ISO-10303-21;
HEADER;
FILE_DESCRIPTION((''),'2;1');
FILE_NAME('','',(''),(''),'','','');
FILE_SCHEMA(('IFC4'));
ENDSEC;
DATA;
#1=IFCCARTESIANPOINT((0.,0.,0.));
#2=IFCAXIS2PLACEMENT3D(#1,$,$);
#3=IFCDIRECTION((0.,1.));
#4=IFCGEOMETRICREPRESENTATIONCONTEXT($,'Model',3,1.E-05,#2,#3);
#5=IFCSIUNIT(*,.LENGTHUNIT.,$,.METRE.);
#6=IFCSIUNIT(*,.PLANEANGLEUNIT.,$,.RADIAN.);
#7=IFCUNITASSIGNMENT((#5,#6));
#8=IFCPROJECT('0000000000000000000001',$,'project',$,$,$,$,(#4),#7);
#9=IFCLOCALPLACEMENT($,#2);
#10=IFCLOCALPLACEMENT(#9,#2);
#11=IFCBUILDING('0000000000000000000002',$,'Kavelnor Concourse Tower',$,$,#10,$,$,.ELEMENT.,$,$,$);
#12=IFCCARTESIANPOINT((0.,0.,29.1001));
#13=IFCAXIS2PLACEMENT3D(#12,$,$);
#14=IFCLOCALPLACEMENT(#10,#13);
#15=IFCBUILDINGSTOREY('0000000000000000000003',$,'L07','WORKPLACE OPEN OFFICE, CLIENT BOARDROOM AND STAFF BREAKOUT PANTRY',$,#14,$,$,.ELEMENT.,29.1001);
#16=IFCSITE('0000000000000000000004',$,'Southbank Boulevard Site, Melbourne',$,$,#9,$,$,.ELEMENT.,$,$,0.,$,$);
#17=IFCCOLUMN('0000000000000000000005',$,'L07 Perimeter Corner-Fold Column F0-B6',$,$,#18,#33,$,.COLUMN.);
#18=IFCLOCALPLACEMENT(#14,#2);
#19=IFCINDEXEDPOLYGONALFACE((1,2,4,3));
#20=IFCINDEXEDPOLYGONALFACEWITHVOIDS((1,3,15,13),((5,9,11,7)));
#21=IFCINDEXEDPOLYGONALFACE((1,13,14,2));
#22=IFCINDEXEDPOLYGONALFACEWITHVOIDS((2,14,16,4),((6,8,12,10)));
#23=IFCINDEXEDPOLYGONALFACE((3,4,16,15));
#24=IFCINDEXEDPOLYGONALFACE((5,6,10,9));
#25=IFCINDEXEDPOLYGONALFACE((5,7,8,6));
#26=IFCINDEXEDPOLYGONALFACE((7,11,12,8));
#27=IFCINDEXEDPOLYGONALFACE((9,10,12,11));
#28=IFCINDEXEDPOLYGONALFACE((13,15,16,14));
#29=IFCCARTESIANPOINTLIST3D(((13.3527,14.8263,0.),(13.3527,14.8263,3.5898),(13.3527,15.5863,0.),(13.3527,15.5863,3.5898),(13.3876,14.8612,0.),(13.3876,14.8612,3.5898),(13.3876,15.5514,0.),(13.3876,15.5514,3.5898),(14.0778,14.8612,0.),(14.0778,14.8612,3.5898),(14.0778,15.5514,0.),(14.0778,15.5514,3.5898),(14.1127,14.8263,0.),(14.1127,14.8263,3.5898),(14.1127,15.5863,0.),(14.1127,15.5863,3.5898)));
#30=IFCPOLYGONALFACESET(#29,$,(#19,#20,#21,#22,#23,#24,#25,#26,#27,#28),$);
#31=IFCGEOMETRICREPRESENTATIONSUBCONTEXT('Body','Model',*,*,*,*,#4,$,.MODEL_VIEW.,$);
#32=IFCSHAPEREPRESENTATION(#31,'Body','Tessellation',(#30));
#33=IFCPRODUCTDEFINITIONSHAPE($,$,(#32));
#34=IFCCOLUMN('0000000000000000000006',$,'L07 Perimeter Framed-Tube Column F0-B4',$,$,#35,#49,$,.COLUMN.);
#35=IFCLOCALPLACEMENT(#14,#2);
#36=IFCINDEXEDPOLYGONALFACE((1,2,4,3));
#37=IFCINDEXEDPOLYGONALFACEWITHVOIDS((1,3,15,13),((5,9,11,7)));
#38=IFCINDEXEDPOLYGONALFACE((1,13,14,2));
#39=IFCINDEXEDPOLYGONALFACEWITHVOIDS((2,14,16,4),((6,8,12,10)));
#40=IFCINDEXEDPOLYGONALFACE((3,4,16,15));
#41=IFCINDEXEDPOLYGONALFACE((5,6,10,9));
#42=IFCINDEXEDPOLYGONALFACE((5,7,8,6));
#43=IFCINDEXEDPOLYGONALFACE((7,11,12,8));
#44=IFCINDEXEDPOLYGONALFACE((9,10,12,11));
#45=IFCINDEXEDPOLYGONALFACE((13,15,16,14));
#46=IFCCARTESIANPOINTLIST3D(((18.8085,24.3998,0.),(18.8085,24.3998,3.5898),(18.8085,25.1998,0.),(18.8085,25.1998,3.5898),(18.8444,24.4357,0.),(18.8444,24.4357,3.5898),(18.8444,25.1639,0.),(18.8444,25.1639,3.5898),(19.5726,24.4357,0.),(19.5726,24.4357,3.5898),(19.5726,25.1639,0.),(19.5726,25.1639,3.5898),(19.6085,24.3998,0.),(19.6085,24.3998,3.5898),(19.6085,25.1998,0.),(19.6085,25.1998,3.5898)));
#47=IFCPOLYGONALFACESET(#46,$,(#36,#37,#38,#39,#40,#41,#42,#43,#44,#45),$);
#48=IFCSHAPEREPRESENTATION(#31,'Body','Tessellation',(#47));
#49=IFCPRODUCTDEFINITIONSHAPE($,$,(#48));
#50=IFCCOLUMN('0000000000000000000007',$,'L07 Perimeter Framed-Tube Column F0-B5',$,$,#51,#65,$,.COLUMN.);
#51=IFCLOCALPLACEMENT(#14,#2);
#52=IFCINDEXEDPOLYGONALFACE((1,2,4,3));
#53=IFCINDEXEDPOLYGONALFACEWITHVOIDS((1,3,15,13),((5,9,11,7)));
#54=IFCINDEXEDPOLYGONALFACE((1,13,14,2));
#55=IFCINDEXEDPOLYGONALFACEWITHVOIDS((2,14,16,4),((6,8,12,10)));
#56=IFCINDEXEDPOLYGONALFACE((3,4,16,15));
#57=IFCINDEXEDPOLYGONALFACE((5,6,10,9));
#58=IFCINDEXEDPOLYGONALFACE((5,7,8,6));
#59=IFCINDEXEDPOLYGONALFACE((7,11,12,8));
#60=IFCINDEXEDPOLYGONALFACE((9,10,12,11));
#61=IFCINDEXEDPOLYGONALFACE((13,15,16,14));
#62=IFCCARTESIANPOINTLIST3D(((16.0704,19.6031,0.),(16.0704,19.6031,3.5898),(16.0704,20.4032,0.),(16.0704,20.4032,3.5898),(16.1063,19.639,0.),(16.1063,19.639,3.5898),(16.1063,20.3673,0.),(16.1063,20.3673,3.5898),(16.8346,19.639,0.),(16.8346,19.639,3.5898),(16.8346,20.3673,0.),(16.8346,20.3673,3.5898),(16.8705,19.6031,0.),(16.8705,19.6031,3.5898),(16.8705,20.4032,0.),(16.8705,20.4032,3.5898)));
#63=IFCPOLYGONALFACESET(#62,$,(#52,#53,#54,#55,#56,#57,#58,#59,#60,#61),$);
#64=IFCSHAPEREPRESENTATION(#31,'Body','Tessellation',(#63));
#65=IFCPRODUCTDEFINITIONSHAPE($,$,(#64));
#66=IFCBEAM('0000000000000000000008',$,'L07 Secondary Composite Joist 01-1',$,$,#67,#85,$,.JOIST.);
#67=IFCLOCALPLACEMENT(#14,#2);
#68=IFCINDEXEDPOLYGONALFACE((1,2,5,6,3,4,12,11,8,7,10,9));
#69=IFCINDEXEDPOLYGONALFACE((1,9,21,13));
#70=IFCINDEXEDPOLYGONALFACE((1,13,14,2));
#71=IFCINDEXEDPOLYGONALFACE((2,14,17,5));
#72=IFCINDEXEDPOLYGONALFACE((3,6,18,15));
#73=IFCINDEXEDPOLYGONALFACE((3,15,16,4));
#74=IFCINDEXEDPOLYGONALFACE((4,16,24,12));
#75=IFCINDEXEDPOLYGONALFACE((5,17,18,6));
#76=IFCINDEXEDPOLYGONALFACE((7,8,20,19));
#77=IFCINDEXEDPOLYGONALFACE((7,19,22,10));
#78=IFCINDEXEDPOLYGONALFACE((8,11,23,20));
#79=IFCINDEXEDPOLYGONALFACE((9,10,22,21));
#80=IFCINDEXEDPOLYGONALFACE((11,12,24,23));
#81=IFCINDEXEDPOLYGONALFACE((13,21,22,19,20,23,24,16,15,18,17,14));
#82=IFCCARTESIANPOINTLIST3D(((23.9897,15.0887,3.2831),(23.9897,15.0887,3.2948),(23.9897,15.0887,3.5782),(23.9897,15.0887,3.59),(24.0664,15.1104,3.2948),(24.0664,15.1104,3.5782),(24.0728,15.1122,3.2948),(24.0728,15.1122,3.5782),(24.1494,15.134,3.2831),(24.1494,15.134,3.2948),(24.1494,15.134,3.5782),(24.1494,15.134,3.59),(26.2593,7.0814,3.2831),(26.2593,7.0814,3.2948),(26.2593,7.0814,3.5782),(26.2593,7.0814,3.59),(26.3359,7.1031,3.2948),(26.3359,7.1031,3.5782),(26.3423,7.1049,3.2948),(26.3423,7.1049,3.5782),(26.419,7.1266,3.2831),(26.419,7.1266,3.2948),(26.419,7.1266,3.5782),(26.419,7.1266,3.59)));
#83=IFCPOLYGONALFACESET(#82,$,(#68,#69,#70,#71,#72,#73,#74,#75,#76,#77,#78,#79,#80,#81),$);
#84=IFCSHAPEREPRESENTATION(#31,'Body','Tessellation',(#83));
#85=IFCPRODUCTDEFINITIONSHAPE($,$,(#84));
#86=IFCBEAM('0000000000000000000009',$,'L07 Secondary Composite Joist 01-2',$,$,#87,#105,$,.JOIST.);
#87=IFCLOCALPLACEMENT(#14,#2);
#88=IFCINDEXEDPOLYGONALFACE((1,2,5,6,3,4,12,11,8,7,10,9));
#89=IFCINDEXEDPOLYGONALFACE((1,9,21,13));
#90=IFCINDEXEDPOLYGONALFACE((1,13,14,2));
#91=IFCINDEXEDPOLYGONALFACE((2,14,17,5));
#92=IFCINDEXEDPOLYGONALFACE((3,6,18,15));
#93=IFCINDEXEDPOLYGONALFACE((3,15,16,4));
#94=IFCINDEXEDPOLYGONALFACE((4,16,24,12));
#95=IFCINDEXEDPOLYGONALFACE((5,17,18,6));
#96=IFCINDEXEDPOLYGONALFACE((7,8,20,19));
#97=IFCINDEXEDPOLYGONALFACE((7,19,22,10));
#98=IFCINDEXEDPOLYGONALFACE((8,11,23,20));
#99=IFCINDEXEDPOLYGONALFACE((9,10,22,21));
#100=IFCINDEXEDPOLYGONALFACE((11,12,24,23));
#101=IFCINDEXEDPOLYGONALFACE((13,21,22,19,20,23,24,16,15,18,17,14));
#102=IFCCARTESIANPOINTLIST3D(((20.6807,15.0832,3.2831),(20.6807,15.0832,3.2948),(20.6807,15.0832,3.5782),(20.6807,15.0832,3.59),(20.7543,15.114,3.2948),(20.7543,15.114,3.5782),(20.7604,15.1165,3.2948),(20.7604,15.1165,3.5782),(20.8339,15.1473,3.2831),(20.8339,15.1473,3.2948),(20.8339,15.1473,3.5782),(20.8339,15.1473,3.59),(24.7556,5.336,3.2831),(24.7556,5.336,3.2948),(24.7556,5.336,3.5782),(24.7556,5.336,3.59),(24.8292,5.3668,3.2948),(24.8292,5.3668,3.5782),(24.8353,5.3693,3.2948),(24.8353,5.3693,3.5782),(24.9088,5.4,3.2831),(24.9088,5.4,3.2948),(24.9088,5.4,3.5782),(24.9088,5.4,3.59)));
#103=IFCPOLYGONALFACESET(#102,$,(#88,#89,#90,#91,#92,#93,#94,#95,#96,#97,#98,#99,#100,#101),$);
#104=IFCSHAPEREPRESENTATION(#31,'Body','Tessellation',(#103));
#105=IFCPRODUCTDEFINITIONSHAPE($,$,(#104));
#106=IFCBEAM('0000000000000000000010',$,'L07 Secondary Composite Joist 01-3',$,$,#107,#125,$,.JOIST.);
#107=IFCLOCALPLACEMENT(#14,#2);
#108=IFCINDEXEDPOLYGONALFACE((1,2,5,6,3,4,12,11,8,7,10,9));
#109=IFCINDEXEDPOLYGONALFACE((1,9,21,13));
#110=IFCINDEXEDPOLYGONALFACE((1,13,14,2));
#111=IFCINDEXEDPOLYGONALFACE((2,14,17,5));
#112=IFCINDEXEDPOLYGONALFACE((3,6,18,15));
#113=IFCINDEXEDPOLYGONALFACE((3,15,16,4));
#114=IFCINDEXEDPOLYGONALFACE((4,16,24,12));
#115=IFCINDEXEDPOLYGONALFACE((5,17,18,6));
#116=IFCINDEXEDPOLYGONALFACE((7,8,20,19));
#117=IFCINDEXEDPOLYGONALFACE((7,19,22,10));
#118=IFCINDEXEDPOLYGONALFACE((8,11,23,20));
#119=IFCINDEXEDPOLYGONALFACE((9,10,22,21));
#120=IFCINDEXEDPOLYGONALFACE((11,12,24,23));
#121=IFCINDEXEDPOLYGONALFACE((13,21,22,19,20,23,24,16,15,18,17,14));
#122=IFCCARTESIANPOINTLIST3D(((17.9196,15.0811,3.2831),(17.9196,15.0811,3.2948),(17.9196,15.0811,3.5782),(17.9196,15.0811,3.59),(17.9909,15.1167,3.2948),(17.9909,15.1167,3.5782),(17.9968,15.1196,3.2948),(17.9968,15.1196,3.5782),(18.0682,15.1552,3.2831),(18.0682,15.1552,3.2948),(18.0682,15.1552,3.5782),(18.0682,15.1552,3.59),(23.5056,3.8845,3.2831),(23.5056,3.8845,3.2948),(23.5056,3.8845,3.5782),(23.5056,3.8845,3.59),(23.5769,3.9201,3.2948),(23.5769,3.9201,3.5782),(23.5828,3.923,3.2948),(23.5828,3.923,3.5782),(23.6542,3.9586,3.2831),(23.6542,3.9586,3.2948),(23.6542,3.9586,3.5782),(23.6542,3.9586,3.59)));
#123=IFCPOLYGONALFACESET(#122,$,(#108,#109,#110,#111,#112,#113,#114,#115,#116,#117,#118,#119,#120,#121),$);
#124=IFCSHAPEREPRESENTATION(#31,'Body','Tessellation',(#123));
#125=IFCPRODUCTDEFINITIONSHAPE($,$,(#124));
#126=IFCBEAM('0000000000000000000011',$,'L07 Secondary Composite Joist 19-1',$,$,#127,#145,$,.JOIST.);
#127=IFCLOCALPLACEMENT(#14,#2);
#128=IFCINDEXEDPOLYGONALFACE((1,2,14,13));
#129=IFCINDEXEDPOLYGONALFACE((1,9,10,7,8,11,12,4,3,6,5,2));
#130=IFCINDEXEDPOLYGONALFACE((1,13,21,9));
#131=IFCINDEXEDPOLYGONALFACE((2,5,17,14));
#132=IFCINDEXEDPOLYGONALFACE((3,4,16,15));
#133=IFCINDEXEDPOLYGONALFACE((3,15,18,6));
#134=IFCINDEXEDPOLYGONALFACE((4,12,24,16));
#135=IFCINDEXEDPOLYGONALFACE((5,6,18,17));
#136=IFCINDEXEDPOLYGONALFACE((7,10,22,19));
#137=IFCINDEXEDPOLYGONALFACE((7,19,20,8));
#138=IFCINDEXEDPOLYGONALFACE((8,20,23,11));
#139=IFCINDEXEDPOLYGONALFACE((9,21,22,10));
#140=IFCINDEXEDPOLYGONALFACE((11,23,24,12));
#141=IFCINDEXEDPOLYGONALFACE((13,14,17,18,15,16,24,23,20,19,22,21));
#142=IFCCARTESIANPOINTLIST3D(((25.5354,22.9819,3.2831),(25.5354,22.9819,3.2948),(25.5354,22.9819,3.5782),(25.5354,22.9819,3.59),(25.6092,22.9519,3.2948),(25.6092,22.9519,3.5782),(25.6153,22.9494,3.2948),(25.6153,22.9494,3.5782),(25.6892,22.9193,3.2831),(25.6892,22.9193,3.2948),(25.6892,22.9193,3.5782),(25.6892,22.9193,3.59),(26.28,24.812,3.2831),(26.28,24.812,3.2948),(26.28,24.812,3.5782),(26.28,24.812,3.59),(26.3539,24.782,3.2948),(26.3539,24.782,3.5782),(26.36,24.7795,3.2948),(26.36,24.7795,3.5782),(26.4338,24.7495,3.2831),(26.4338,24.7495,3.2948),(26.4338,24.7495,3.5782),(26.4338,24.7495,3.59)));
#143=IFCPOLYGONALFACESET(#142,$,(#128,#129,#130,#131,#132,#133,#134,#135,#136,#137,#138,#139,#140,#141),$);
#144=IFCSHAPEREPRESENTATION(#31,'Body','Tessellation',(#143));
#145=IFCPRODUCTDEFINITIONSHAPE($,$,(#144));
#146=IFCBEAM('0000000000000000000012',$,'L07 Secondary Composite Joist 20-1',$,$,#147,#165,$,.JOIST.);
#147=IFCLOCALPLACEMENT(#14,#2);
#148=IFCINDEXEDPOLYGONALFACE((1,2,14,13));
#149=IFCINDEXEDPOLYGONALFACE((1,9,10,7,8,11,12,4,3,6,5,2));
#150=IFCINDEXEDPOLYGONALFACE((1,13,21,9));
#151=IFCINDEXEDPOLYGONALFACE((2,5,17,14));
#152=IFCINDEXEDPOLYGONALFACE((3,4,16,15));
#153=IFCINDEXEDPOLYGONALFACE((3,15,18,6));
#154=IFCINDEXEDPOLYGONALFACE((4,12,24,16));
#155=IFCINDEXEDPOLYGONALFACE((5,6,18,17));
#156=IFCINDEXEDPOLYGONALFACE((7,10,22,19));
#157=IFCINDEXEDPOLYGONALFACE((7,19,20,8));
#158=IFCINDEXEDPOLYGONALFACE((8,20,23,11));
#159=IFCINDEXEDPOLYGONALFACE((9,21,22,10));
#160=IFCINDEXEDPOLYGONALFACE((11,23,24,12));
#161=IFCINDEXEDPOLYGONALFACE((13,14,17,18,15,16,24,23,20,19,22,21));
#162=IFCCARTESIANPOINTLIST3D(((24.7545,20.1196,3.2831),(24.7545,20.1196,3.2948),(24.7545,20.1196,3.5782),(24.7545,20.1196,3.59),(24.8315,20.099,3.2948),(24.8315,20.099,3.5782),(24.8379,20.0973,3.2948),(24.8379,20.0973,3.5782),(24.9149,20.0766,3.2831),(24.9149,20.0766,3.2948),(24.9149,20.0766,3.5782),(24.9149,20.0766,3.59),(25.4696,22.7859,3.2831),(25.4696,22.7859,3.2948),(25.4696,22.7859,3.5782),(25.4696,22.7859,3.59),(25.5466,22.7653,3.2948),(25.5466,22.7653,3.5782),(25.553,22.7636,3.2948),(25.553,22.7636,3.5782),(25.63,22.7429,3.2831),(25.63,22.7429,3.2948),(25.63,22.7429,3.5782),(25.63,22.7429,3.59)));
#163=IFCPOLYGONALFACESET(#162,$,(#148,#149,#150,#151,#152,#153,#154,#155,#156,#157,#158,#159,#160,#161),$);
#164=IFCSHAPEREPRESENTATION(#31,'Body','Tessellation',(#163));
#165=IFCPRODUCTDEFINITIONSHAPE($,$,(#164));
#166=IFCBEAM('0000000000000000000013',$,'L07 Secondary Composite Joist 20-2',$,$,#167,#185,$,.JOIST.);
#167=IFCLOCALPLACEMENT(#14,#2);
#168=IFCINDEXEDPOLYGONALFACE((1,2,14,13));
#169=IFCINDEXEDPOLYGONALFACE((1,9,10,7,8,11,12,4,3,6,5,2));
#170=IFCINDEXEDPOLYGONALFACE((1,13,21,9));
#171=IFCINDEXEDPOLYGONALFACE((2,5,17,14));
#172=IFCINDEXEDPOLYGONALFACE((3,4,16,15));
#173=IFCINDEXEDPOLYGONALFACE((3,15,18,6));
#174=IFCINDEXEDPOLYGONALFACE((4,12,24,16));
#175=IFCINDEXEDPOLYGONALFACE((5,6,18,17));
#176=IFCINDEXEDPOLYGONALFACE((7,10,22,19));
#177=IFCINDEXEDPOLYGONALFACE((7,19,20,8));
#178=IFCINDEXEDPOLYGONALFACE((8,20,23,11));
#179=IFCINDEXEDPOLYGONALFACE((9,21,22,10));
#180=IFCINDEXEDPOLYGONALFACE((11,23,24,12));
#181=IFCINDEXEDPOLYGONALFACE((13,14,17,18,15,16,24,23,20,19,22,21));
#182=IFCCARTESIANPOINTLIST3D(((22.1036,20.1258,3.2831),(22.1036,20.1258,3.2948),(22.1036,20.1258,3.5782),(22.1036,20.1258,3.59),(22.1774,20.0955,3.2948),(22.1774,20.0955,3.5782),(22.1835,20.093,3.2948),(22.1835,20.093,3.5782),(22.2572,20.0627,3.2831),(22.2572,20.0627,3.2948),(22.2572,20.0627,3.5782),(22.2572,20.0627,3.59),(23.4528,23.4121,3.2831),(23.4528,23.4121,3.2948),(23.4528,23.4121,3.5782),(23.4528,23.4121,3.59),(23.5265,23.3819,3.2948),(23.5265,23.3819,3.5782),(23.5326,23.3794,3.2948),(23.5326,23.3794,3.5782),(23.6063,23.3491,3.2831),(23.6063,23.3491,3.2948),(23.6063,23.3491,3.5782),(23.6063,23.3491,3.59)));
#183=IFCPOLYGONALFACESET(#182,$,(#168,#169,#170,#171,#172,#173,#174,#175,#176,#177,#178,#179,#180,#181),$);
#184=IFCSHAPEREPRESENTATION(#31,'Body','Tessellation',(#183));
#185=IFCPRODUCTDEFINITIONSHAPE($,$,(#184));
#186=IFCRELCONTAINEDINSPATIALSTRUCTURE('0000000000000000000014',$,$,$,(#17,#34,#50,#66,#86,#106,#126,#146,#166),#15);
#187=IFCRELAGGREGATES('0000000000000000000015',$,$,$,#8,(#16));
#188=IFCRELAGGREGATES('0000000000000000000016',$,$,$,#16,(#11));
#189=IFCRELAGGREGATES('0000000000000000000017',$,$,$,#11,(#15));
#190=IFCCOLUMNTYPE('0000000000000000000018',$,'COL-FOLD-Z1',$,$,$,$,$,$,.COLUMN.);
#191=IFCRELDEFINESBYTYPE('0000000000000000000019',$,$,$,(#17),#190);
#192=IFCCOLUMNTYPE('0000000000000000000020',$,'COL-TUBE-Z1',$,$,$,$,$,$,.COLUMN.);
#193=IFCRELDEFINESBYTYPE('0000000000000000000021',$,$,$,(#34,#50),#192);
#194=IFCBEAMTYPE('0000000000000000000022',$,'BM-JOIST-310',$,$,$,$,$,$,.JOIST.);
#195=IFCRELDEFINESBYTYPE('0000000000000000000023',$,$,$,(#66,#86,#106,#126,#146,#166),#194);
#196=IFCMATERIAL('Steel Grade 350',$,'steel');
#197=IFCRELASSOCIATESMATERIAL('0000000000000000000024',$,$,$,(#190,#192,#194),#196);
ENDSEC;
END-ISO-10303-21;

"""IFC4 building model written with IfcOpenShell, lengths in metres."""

from ifc_helpers import new_model, si_unit, direction, frame, origin, origin_2d, place, context, subcontext, project, spatial, hollow_rectangle, i_section, extrude, material, material_profile, profile_set, type_object, element, save


model = new_model("IFC4")

# Units and contexts
model_context = context("Model", 3, precision=1e-05, world=origin(), true_north=direction((0.0, 1.0)))
body_context = subcontext(model_context, "Body", "Model", "MODEL_VIEW")
ifc_project = project(units=[si_unit("LENGTHUNIT", "METRE"), si_unit("PLANEANGLEUNIT", "RADIAN")], contexts=[model_context])

# Site, building, storey
site_placement = place(None, origin())
site = spatial("IfcSite", under=ifc_project, at=site_placement, Name="Southbank Boulevard Site, Melbourne", CompositionType="ELEMENT", RefElevation=0.0)
building_placement = place(site_placement, origin())
building = spatial("IfcBuilding", under=site, at=building_placement, Name="Kavelnor Concourse Tower", CompositionType="ELEMENT")
storey_placement = place(building_placement, frame((0.0, 0.0, 29.1001)))
storey = spatial("IfcBuildingStorey", under=building, at=storey_placement, Name="L07", Description="WORKPLACE OPEN OFFICE, CLIENT BOARDROOM AND STAFF BREAKOUT PANTRY", CompositionType="ELEMENT", Elevation=29.1001)

# Columns
ifc_material_1 = material(Name="Steel Grade 350", Category="steel")
ifc_material_profile_1 = material_profile(ifc_material_1, hollow_rectangle(XDim=0.76, YDim=0.76, WallThickness=0.0349, at=origin_2d()), Name="SHS 760x760x35")
ifc_profile_set_1 = profile_set([ifc_material_profile_1], Name="Steel Grade 350")
column_type_1 = type_object("IfcColumnType", Name="COL-FOLD-Z1", PredefinedType="COLUMN", material=ifc_profile_set_1)
column_placement = place(storey_placement, frame((13.7327, 15.2063, 0.0), z_axis=(0.0, 0.0, 1.0), x_axis=(1.0, 0.0, 0.0)))
element("IfcColumn", 1, at=column_placement, inside=storey, type_object=column_type_1, Name="L07 Perimeter Corner-Fold Column F0-B6", PredefinedType="COLUMN", context=body_context, shape_type="SweptSolid", body=[
    extrude(hollow_rectangle(XDim=0.76, YDim=0.76, WallThickness=0.0349, at=origin_2d()), origin(), (0.0, 0.0, 1.0), 3.5898),
])
ifc_material_profile_2 = material_profile(ifc_material_1, hollow_rectangle(XDim=0.8, YDim=0.8, WallThickness=0.0359, at=origin_2d()), Name="SHS 800x800x36")
ifc_profile_set_2 = profile_set([ifc_material_profile_2], Name="Steel Grade 350")
column_type_2 = type_object("IfcColumnType", Name="COL-TUBE-Z1", PredefinedType="COLUMN", material=ifc_profile_set_2)
for number, where, z_axis, x_axis, name in (
    (2, (19.2085, 24.7998, 0.0), (0.0, 0.0, 1.0), (1.0, 0.0, 0.0), "L07 Perimeter Framed-Tube Column F0-B4"),
    (3, (16.4705, 20.0032, 0.0), (0.0, 0.0, 1.0), (1.0, 0.0, 0.0), "L07 Perimeter Framed-Tube Column F0-B5"),
):
    element("IfcColumn", number, at=place(storey_placement, frame(where, z_axis=z_axis, x_axis=x_axis)), inside=storey, type_object=column_type_2, Name=name, PredefinedType="COLUMN", context=body_context, shape_type="SweptSolid", body=[
        extrude(hollow_rectangle(XDim=0.8, YDim=0.8, WallThickness=0.0359, at=origin_2d()), origin(), (0.0, 0.0, 1.0), 3.5898),
    ])

# Beams
ifc_material_profile_3 = material_profile(ifc_material_1, i_section(OverallWidth=0.166, OverallDepth=0.3069, WebThickness=0.0066, FlangeThickness=0.0117, at=origin_2d()), Name="310UB46")
ifc_profile_set_3 = profile_set([ifc_material_profile_3], Name="Steel Grade 350")
beam_type_1 = type_object("IfcBeamType", Name="BM-JOIST-310", PredefinedType="JOIST", material=ifc_profile_set_3)
beam_1_placement = place(storey_placement, frame((24.0696, 15.1113, 3.4365), z_axis=(0.27269, -0.962102, 0.0), x_axis=(0.962102, 0.27269, 0.0)))
element("IfcBeam", 4, at=beam_1_placement, inside=storey, type_object=beam_type_1, Name="L07 Secondary Composite Joist 01-1", PredefinedType="JOIST", context=body_context, shape_type="SweptSolid", body=[
    extrude(i_section(OverallWidth=0.166, OverallDepth=0.3069, WebThickness=0.0066, FlangeThickness=0.0117, at=origin_2d()), origin(), (0.0, 0.0, 1.0), 8.3228),
])
beam_2_placement = place(storey_placement, frame((20.7573, 15.1152, 3.4365), z_axis=(0.38571, -0.92262, 0.0), x_axis=(0.92262, 0.38571, 0.0)))
element("IfcBeam", 5, at=beam_2_placement, inside=storey, type_object=beam_type_1, Name="L07 Secondary Composite Joist 01-2", PredefinedType="JOIST", context=body_context, shape_type="SweptSolid", body=[
    extrude(i_section(OverallWidth=0.166, OverallDepth=0.3069, WebThickness=0.0066, FlangeThickness=0.0117, at=origin_2d()), origin(), (0.0, 0.0, 1.0), 10.5647),
])
beam_3_placement = place(storey_placement, frame((17.9939, 15.1182, 3.4365), z_axis=(0.446425, -0.894821, 0.0), x_axis=(0.894821, 0.446425, 0.0)))
element("IfcBeam", 6, at=beam_3_placement, inside=storey, type_object=beam_type_1, Name="L07 Secondary Composite Joist 01-3", PredefinedType="JOIST", context=body_context, shape_type="SweptSolid", body=[
    extrude(i_section(OverallWidth=0.166, OverallDepth=0.3069, WebThickness=0.0066, FlangeThickness=0.0117, at=origin_2d()), origin(), (0.0, 0.0, 1.0), 12.5127),
])
beam_4_placement = place(storey_placement, frame((26.3569, 24.7808, 3.4365), z_axis=(-0.376881, -0.926262, 0.0), x_axis=(0.926262, -0.376881, 0.0)))
element("IfcBeam", 7, at=beam_4_placement, inside=storey, type_object=beam_type_1, Name="L07 Secondary Composite Joist 19-1", PredefinedType="JOIST", context=body_context, shape_type="SweptSolid", body=[
    extrude(i_section(OverallWidth=0.166, OverallDepth=0.3069, WebThickness=0.0066, FlangeThickness=0.0117, at=origin_2d()), origin(), (0.0, 0.0, 1.0), 1.9758),
])
beam_5_placement = place(storey_placement, frame((25.5498, 22.7644, 3.4365), z_axis=(-0.259044, -0.965866, 0.0), x_axis=(0.965866, -0.259044, 0.0)))
element("IfcBeam", 8, at=beam_5_placement, inside=storey, type_object=beam_type_1, Name="L07 Secondary Composite Joist 20-1", PredefinedType="JOIST", context=body_context, shape_type="SweptSolid", body=[
    extrude(i_section(OverallWidth=0.166, OverallDepth=0.3069, WebThickness=0.0066, FlangeThickness=0.0117, at=origin_2d()), origin(), (0.0, 0.0, 1.0), 2.7605),
])
beam_6_placement = place(storey_placement, frame((23.5295, 23.3806, 3.4365), z_axis=(-0.379764, -0.925083, 0.0), x_axis=(0.925083, -0.379764, 0.0)))
element("IfcBeam", 9, at=beam_6_placement, inside=storey, type_object=beam_type_1, Name="L07 Secondary Composite Joist 20-2", PredefinedType="JOIST", context=body_context, shape_type="SweptSolid", body=[
    extrude(i_section(OverallWidth=0.166, OverallDepth=0.3069, WebThickness=0.0066, FlangeThickness=0.0117, at=origin_2d()), origin(), (0.0, 0.0, 1.0), 3.5525),
])

save(model, "model.ifc")
